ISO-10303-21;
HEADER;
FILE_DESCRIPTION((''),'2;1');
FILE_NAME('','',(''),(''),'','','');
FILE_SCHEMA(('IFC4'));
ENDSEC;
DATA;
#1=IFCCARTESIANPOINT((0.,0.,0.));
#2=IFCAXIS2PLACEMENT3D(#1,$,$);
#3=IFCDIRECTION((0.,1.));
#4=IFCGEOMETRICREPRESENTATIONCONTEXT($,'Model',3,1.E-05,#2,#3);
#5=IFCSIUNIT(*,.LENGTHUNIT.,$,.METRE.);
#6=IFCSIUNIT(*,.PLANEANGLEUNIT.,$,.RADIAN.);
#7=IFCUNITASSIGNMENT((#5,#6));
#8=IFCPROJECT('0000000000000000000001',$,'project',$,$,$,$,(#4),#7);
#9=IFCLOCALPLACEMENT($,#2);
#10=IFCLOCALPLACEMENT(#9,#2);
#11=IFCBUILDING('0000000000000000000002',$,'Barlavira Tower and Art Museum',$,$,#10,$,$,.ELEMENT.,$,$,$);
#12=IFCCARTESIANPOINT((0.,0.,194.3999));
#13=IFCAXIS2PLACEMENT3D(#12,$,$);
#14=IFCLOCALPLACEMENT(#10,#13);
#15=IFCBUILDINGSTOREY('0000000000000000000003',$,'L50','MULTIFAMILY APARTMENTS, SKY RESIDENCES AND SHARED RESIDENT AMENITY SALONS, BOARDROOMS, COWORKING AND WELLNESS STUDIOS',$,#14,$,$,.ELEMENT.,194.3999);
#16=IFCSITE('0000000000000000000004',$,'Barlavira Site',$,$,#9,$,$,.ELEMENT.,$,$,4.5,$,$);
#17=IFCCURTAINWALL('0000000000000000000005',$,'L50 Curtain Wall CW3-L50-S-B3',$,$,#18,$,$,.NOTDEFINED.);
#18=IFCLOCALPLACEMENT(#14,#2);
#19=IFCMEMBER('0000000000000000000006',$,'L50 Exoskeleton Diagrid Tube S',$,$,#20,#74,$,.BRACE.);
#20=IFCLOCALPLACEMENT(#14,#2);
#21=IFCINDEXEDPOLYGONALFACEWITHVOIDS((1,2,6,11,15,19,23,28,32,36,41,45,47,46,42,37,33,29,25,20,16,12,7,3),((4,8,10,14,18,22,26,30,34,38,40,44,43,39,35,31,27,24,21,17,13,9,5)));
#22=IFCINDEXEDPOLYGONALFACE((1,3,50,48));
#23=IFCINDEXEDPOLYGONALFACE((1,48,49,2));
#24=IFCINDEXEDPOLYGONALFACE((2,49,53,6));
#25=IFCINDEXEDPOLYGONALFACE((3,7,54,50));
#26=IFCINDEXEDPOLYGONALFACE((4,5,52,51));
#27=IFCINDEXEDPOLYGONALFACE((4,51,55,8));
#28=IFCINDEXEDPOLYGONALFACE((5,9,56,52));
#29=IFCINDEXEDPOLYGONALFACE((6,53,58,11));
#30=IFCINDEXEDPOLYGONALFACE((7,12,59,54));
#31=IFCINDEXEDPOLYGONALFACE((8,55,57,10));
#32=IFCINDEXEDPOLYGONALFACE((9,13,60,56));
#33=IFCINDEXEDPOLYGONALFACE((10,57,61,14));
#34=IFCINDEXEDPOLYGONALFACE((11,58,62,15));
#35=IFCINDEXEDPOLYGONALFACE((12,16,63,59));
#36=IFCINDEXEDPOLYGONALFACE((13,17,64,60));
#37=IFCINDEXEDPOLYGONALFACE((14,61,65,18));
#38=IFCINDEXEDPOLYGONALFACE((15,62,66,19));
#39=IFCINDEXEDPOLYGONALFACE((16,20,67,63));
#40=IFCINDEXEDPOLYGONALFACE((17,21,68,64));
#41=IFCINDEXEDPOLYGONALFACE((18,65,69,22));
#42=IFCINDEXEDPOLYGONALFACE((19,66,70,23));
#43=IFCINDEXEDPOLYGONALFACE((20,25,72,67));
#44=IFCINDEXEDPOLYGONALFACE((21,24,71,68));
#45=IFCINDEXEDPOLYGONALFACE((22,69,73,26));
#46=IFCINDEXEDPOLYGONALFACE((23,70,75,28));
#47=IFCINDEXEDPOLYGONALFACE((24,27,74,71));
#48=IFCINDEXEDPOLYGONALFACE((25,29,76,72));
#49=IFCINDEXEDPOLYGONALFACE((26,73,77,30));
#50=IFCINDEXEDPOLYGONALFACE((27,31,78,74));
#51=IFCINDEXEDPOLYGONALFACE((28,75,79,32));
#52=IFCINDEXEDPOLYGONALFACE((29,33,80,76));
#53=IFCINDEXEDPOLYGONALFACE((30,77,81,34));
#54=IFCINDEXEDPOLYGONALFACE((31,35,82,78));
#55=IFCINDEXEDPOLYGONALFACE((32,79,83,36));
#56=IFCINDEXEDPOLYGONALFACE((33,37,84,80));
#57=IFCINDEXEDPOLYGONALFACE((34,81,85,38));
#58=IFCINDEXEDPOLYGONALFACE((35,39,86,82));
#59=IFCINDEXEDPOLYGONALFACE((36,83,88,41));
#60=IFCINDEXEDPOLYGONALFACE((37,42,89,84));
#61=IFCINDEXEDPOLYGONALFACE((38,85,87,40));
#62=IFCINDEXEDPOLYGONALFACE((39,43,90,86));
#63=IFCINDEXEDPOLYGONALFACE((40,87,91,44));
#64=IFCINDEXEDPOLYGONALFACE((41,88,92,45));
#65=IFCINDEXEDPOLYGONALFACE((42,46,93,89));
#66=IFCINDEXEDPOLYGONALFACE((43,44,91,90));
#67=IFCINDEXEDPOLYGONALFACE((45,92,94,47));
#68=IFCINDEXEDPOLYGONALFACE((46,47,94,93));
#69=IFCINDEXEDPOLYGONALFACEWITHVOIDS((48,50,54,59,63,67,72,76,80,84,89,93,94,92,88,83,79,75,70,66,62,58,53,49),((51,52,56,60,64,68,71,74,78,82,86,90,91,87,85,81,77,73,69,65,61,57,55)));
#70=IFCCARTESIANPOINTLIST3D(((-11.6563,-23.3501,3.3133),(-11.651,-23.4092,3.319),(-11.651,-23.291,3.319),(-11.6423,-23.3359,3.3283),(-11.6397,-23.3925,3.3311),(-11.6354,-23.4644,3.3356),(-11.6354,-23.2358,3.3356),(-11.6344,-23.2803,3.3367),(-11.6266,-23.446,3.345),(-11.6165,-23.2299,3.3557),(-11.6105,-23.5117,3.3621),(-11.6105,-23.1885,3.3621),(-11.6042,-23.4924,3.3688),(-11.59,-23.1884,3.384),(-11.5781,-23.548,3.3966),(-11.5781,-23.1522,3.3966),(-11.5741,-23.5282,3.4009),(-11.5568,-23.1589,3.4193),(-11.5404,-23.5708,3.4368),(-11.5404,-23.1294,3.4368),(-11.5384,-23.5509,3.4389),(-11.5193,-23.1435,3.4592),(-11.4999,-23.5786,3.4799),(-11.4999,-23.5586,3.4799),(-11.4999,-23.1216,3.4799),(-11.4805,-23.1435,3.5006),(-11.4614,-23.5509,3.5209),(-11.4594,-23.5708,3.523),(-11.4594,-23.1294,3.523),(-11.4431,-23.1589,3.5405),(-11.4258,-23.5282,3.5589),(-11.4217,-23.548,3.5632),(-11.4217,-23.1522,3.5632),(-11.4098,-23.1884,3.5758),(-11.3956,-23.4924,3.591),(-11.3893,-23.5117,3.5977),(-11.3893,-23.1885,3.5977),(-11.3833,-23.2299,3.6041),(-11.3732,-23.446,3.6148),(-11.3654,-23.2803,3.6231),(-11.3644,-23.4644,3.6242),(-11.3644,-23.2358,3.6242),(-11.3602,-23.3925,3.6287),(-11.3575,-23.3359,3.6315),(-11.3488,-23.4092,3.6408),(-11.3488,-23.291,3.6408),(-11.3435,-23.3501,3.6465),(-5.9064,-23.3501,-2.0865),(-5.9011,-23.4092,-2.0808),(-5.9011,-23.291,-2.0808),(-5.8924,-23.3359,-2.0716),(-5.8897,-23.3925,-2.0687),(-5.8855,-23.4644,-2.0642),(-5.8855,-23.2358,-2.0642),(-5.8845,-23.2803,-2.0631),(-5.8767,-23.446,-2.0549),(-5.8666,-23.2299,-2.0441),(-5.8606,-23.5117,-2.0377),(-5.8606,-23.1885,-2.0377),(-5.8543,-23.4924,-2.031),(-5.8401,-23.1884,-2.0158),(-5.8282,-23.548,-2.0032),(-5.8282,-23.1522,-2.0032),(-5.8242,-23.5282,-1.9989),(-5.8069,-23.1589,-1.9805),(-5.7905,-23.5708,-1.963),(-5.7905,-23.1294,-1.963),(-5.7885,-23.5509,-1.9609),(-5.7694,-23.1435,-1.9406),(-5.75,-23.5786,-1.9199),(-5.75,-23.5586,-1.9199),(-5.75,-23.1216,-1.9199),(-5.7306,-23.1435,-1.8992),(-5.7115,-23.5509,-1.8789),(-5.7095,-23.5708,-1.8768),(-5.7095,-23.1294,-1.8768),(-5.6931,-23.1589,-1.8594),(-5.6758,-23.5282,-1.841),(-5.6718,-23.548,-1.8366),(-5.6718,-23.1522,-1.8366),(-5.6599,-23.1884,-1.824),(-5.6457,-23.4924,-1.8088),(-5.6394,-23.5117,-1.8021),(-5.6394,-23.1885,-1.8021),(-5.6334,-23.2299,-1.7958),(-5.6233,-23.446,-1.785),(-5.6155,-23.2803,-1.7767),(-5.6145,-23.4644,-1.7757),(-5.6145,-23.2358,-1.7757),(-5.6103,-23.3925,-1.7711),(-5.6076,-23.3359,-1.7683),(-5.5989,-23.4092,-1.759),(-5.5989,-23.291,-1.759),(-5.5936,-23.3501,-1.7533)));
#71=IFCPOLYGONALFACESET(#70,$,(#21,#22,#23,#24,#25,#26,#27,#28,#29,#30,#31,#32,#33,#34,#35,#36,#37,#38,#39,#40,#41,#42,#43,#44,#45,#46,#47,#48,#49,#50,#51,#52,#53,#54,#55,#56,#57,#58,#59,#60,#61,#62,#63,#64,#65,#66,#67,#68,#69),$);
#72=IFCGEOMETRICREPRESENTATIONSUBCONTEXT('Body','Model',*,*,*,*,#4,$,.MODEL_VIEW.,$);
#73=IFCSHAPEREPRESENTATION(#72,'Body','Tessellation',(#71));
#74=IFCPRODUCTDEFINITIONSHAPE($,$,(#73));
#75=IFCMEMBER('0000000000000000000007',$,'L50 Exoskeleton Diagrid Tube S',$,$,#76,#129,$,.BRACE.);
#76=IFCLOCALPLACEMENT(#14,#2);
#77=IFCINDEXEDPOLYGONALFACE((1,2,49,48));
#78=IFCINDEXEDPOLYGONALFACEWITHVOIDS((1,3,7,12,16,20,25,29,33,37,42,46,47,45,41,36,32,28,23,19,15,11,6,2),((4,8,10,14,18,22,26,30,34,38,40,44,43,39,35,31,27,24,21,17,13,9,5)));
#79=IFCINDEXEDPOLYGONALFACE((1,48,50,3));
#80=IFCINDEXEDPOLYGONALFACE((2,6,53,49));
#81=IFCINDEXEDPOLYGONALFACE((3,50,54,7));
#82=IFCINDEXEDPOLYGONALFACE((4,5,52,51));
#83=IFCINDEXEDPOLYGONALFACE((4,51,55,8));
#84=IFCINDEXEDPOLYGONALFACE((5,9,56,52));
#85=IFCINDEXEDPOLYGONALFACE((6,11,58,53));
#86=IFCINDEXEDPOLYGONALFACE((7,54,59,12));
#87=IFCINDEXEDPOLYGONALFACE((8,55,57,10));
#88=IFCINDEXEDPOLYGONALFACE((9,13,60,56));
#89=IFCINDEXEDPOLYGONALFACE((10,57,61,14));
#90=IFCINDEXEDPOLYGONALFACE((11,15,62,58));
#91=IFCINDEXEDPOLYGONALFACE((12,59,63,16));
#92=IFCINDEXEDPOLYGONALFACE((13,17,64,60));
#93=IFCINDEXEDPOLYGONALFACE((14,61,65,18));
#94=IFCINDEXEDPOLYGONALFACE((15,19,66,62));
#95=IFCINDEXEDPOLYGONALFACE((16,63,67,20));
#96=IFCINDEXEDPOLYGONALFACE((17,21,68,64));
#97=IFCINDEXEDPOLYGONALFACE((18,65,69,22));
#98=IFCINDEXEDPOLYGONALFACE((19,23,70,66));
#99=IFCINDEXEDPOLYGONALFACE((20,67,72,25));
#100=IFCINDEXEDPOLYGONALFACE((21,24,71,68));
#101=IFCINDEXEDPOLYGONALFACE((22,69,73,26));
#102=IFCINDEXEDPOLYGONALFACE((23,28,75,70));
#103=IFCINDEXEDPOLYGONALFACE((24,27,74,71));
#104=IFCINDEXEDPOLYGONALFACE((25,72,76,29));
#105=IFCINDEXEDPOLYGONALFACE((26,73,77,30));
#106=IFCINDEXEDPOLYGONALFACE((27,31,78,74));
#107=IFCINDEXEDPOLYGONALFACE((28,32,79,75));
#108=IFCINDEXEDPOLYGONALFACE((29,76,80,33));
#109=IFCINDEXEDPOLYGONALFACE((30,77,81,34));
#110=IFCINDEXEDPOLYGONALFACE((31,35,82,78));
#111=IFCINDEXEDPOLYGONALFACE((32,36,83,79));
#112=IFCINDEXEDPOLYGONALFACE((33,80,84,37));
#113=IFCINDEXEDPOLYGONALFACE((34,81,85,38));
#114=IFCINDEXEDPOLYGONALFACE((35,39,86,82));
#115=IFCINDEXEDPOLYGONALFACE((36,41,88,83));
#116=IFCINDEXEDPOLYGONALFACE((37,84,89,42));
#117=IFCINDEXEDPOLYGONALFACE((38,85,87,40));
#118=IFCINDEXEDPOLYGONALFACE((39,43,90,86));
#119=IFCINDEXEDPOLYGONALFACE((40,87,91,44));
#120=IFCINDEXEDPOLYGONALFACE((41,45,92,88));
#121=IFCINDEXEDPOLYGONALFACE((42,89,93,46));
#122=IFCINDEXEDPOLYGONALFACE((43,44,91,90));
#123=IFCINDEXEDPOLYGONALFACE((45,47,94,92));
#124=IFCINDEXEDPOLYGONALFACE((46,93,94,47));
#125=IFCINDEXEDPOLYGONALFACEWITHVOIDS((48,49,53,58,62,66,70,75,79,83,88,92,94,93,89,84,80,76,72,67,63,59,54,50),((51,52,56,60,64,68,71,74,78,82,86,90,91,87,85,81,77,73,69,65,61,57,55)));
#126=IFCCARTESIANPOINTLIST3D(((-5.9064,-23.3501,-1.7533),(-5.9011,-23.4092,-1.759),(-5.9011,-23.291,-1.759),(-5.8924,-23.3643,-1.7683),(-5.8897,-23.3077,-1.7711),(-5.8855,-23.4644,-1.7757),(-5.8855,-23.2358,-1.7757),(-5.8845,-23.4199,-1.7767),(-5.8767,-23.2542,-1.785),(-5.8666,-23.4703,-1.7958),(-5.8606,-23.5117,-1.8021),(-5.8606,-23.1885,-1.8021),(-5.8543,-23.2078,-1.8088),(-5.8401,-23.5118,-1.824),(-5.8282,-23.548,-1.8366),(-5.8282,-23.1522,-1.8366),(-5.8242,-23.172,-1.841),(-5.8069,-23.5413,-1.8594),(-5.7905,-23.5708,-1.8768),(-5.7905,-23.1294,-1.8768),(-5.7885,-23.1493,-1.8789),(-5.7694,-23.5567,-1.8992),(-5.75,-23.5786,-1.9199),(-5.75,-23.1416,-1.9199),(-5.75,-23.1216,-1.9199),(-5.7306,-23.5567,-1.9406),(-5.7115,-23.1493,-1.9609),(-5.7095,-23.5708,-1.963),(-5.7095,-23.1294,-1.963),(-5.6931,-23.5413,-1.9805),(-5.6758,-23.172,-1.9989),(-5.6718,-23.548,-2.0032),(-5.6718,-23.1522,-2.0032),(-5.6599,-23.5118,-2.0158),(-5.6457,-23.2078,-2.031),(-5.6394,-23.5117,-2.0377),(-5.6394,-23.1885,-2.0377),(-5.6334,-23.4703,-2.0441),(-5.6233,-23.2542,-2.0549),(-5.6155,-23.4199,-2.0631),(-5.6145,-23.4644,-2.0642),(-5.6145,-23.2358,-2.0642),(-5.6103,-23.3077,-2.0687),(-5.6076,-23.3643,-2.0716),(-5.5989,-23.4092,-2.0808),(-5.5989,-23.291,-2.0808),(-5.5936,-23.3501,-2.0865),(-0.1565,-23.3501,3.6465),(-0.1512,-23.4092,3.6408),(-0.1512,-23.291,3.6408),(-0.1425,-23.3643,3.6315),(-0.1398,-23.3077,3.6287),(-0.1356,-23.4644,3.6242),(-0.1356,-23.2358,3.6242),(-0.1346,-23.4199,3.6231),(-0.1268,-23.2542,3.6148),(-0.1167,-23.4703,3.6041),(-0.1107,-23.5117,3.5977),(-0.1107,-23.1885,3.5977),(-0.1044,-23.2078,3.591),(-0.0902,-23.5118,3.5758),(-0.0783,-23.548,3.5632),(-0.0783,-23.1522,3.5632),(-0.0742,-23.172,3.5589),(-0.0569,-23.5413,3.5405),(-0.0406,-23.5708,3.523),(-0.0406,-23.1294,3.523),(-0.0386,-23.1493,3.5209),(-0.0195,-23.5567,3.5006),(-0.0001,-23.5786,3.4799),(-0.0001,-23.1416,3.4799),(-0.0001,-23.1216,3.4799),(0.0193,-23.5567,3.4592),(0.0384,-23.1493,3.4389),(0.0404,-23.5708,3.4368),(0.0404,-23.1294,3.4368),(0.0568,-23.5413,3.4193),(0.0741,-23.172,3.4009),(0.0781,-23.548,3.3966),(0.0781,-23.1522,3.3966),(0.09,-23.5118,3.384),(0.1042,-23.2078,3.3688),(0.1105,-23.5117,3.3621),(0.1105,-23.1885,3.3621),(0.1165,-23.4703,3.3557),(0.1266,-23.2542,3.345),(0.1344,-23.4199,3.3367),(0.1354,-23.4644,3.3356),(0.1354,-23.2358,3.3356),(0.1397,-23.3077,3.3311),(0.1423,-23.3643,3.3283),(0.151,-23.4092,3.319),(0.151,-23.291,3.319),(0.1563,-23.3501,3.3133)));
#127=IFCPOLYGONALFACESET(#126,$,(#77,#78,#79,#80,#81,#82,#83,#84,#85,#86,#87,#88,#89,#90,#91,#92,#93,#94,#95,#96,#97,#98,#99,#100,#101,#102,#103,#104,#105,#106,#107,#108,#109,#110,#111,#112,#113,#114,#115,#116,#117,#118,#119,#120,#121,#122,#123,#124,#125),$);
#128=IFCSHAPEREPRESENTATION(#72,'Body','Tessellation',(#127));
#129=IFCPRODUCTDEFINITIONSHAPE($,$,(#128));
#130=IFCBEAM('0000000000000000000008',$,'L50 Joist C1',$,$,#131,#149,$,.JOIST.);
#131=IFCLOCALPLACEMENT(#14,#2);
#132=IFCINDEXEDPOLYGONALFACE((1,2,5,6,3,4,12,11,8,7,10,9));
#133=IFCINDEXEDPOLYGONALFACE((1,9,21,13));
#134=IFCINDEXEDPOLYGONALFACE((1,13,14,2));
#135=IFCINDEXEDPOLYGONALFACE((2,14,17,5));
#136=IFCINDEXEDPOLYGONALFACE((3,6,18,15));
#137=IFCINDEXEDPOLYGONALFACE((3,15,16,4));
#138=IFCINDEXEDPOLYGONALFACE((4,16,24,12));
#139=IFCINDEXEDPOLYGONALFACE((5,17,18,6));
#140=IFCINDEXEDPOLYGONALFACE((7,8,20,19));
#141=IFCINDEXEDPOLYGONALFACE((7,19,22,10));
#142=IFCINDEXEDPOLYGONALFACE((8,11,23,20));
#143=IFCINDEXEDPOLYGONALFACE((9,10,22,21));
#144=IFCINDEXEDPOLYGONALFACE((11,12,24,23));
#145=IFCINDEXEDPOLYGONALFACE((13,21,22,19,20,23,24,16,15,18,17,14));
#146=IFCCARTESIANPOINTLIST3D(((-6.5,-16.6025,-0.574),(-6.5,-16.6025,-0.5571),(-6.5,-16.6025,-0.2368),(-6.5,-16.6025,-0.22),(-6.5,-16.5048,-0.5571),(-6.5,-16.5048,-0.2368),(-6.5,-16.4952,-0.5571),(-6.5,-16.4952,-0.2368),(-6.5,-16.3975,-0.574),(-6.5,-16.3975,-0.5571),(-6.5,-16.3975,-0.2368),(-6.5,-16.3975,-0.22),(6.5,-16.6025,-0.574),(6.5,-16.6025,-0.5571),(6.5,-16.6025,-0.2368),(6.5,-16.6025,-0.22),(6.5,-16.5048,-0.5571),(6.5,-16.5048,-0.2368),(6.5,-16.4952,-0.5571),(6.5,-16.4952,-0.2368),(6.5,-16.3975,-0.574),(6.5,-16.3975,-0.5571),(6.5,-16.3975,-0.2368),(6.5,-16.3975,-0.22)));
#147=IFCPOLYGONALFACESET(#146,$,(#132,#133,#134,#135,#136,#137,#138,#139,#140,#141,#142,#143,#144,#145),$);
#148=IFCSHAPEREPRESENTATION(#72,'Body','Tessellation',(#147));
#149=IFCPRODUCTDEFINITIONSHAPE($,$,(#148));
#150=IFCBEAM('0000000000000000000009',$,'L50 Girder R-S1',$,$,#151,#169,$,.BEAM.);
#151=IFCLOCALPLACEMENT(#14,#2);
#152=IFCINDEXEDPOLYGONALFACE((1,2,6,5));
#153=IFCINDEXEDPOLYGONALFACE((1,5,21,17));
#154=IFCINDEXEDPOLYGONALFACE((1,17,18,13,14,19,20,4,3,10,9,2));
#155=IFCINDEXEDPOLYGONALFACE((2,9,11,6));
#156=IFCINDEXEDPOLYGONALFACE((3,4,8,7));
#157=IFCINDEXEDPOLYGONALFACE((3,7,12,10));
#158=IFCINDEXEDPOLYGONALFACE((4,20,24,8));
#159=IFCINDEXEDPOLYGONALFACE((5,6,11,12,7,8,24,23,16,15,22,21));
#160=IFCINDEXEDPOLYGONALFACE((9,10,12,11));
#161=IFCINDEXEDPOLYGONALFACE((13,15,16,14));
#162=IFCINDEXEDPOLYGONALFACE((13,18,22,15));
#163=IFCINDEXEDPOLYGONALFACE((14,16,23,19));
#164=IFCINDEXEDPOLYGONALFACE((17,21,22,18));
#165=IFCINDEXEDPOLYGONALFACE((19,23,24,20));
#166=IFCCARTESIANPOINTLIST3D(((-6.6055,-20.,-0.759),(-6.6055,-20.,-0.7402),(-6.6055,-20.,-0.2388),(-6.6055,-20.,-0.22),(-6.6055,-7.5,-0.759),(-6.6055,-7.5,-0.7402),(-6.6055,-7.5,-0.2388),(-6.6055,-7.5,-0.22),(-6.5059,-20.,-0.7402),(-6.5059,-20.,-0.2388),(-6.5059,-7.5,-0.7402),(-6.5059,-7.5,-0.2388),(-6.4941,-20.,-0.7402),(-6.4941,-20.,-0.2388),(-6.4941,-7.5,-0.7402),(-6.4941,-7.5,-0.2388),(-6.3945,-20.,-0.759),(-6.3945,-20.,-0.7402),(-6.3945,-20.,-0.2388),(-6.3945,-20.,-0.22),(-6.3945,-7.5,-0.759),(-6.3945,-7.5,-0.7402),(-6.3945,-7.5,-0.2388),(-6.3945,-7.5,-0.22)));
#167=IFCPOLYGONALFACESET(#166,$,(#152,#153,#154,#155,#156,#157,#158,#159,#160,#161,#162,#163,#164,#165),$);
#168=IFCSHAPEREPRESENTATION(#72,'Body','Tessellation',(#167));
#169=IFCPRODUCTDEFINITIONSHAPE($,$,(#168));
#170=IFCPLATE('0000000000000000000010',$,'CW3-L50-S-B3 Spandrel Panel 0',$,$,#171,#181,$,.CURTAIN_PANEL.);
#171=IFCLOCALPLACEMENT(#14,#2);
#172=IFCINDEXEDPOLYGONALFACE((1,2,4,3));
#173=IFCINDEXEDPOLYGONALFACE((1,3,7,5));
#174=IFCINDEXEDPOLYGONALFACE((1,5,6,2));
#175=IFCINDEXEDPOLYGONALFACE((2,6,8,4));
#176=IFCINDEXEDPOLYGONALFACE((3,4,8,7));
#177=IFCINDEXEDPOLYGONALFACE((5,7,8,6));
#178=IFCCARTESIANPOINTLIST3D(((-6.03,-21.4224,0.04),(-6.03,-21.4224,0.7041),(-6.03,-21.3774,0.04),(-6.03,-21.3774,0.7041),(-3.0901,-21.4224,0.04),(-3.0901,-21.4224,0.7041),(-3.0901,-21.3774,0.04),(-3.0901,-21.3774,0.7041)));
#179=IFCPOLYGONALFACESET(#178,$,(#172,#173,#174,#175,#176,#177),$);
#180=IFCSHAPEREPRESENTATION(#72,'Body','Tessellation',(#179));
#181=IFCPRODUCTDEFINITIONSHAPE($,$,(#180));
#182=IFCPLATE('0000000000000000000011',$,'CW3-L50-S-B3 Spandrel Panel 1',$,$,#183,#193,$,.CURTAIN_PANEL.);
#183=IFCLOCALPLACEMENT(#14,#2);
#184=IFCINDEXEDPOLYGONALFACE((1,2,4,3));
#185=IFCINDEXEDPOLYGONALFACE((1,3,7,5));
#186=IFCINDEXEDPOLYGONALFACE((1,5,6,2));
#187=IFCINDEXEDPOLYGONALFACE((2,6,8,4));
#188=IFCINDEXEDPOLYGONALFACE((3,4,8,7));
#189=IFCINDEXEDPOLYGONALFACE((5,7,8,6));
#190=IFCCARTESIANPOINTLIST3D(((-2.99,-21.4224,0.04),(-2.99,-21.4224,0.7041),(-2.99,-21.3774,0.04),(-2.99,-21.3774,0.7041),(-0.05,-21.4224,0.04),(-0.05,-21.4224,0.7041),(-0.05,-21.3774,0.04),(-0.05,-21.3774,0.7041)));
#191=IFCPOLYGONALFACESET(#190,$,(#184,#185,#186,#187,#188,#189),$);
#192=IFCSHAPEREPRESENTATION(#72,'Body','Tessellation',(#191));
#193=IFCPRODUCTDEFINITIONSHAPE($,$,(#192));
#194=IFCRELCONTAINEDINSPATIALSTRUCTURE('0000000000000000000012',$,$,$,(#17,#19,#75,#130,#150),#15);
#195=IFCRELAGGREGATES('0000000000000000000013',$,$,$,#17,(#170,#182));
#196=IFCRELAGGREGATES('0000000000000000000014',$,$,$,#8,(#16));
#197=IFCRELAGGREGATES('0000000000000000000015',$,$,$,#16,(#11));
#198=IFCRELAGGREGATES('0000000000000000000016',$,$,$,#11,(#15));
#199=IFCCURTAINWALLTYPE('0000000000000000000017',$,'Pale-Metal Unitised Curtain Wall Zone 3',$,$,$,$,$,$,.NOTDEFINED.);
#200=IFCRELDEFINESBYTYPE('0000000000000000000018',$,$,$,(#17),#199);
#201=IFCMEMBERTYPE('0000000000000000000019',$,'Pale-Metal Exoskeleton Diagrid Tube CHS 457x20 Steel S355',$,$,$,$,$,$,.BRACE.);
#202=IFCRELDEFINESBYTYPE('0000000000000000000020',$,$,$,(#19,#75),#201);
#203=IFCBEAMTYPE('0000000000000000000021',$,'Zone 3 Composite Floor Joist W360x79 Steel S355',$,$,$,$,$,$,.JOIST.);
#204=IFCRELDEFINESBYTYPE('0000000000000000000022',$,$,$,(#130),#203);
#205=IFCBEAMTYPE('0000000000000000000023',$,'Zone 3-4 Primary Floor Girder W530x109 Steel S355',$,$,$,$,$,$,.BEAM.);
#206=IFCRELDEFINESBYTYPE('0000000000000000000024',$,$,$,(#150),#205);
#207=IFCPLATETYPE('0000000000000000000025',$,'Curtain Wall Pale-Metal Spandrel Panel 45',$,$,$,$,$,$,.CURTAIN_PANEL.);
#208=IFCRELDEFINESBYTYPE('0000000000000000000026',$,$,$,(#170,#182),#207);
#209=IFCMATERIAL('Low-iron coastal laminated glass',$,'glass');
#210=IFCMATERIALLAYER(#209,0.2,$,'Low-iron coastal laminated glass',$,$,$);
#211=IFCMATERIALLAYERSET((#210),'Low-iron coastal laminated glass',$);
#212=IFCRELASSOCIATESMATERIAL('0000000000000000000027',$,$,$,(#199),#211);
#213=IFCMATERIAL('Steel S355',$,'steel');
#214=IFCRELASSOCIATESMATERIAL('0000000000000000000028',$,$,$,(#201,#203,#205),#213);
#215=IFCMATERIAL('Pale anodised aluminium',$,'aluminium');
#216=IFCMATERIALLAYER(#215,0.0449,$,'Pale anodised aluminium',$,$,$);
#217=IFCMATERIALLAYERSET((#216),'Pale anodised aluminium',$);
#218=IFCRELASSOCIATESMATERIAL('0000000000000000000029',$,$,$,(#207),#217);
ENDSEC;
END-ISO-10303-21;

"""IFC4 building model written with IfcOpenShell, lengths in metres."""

from ifc_helpers import new_model, si_unit, direction, frame, origin, origin_2d, place, context, subcontext, project, spatial, rectangle, hollow_circle, i_section, extrude, material, layer, layer_set, material_profile, profile_set, type_object, element, aggregate, save


model = new_model("IFC4")

# Units and contexts
model_context = context("Model", 3, precision=1e-05, world=origin(), true_north=direction((0.0, 1.0)))
body_context = subcontext(model_context, "Body", "Model", "MODEL_VIEW")
ifc_project = project(units=[si_unit("LENGTHUNIT", "METRE"), si_unit("PLANEANGLEUNIT", "RADIAN")], contexts=[model_context])

# Site, building, storey
site_placement = place(None, origin())
site = spatial("IfcSite", under=ifc_project, at=site_placement, Name="Barlavira Site", CompositionType="ELEMENT", RefElevation=4.5)
building_placement = place(site_placement, origin())
building = spatial("IfcBuilding", under=site, at=building_placement, Name="Barlavira Tower and Art Museum", CompositionType="ELEMENT")
storey_placement = place(building_placement, frame((0.0, 0.0, 194.3999)))
storey = spatial("IfcBuildingStorey", under=building, at=storey_placement, Name="L50", Description="MULTIFAMILY APARTMENTS, SKY RESIDENCES AND SHARED RESIDENT AMENITY SALONS, BOARDROOMS, COWORKING AND WELLNESS STUDIOS", CompositionType="ELEMENT", Elevation=194.3999)

# Curtain wall
ifc_material_1 = material(Name="Low-iron coastal laminated glass", Category="glass")
ifc_layer_1 = layer(ifc_material_1, 0.2, Name="Low-iron coastal laminated glass")
ifc_layer_set_1 = layer_set([ifc_layer_1], Name="Low-iron coastal laminated glass")
curtain_wall_type = type_object("IfcCurtainWallType", Name="Pale-Metal Unitised Curtain Wall Zone 3", PredefinedType="NOTDEFINED", material=ifc_layer_set_1)
curtain_wall_placement = place(storey_placement, origin())
curtain_wall = element("IfcCurtainWall", 1, at=curtain_wall_placement, inside=storey, type_object=curtain_wall_type, Name="L50 Curtain Wall CW3-L50-S-B3", PredefinedType="NOTDEFINED")
ifc_material_2 = material(Name="Pale anodised aluminium", Category="aluminium")

# Members
ifc_material_3 = material(Name="Steel S355", Category="steel")
ifc_material_profile_1 = material_profile(ifc_material_3, hollow_circle(Radius=0.2285, WallThickness=0.02, at=origin_2d()), Name="CHS 457.0x20.0")
ifc_profile_set_1 = profile_set([ifc_material_profile_1], Name="Steel S355")
member_type_1 = type_object("IfcMemberType", Name="Pale-Metal Exoskeleton Diagrid Tube CHS 457x20 Steel S355", PredefinedType="BRACE", material=ifc_profile_set_1)
for number, where, z_axis, x_axis, name in (
    (2, (-5.75, -23.3501, -1.9199), (-0.72895, 0.0, 0.684567), (0.0, -1.0, 0.0), "L50 Exoskeleton Diagrid Tube S"),
    (3, (-5.75, -23.3501, -1.9199), (0.72895, 0.0, 0.684567), (0.0, 1.0, 0.0), "L50 Exoskeleton Diagrid Tube S"),
):
    element("IfcMember", number, at=place(storey_placement, frame(where, z_axis=z_axis, x_axis=x_axis)), inside=storey, type_object=member_type_1, Name=name, PredefinedType="BRACE", context=body_context, shape_type="SweptSolid", body=[
        extrude(hollow_circle(Radius=0.2285, WallThickness=0.02, at=origin_2d()), origin(), (0.0, 0.0, 1.0), 7.8879),
    ])

# Beams
ifc_material_profile_2 = material_profile(ifc_material_3, i_section(OverallWidth=0.2051, OverallDepth=0.354, WebThickness=0.0095, FlangeThickness=0.0168, at=origin_2d()), Name="W360x79.0")
ifc_profile_set_2 = profile_set([ifc_material_profile_2], Name="Steel S355")
beam_type_1 = type_object("IfcBeamType", Name="Zone 3 Composite Floor Joist W360x79 Steel S355", PredefinedType="JOIST", material=ifc_profile_set_2)
beam_1_placement = place(storey_placement, frame((-6.5, -16.5, -0.397), z_axis=(1.0, 0.0, 0.0), x_axis=(0.0, 1.0, 0.0)))
element("IfcBeam", 4, at=beam_1_placement, inside=storey, type_object=beam_type_1, Name="L50 Joist C1", PredefinedType="JOIST", context=body_context, shape_type="SweptSolid", body=[
    extrude(i_section(OverallWidth=0.2051, OverallDepth=0.354, WebThickness=0.0095, FlangeThickness=0.0168, at=origin_2d()), origin(), (0.0, 0.0, 1.0), 13.0),
])
ifc_material_profile_3 = material_profile(ifc_material_3, i_section(OverallWidth=0.2109, OverallDepth=0.5391, WebThickness=0.0117, FlangeThickness=0.0188, at=origin_2d()), Name="W530x109.0")
ifc_profile_set_3 = profile_set([ifc_material_profile_3], Name="Steel S355")
beam_type_2 = type_object("IfcBeamType", Name="Zone 3-4 Primary Floor Girder W530x109 Steel S355", PredefinedType="BEAM", material=ifc_profile_set_3)
beam_2_placement = place(storey_placement, frame((-6.5, -20.0, -0.4895), z_axis=(0.0, 1.0, 0.0), x_axis=(-1.0, 0.0, 0.0)))
element("IfcBeam", 5, at=beam_2_placement, inside=storey, type_object=beam_type_2, Name="L50 Girder R-S1", PredefinedType="BEAM", context=body_context, shape_type="SweptSolid", body=[
    extrude(i_section(OverallWidth=0.2109, OverallDepth=0.5391, WebThickness=0.0117, FlangeThickness=0.0188, at=origin_2d()), origin(), (0.0, 0.0, 1.0), 12.5),
])

# Plates
ifc_layer_2 = layer(ifc_material_2, 0.0449, Name="Pale anodised aluminium")
ifc_layer_set_2 = layer_set([ifc_layer_2], Name="Pale anodised aluminium")
plate_type_1 = type_object("IfcPlateType", Name="Curtain Wall Pale-Metal Spandrel Panel 45", PredefinedType="CURTAIN_PANEL", material=ifc_layer_set_2)
plate_1_placement = place(storey_placement, frame((-4.5601, -21.3999, 0.04), z_axis=(0.0, 0.0, 1.0), x_axis=(1.0, 0.0, 0.0)))
plate_1 = element("IfcPlate", 6, at=plate_1_placement, type_object=plate_type_1, Name="CW3-L50-S-B3 Spandrel Panel 0", PredefinedType="CURTAIN_PANEL", context=body_context, shape_type="SweptSolid", body=[
    extrude(rectangle(XDim=2.9399, YDim=0.0449, at=origin_2d()), origin(), (0.0, 0.0, 1.0), 0.6641),
])
plate_2_placement = place(storey_placement, frame((-1.52, -21.3999, 0.04), z_axis=(0.0, 0.0, 1.0), x_axis=(1.0, 0.0, 0.0)))
plate_2 = element("IfcPlate", 7, at=plate_2_placement, type_object=plate_type_1, Name="CW3-L50-S-B3 Spandrel Panel 1", PredefinedType="CURTAIN_PANEL", context=body_context, shape_type="SweptSolid", body=[
    extrude(rectangle(XDim=2.9399, YDim=0.0449, at=origin_2d()), origin(), (0.0, 0.0, 1.0), 0.6641),
])
aggregate(curtain_wall, [plate_1, plate_2])

save(model, "model.ifc")
